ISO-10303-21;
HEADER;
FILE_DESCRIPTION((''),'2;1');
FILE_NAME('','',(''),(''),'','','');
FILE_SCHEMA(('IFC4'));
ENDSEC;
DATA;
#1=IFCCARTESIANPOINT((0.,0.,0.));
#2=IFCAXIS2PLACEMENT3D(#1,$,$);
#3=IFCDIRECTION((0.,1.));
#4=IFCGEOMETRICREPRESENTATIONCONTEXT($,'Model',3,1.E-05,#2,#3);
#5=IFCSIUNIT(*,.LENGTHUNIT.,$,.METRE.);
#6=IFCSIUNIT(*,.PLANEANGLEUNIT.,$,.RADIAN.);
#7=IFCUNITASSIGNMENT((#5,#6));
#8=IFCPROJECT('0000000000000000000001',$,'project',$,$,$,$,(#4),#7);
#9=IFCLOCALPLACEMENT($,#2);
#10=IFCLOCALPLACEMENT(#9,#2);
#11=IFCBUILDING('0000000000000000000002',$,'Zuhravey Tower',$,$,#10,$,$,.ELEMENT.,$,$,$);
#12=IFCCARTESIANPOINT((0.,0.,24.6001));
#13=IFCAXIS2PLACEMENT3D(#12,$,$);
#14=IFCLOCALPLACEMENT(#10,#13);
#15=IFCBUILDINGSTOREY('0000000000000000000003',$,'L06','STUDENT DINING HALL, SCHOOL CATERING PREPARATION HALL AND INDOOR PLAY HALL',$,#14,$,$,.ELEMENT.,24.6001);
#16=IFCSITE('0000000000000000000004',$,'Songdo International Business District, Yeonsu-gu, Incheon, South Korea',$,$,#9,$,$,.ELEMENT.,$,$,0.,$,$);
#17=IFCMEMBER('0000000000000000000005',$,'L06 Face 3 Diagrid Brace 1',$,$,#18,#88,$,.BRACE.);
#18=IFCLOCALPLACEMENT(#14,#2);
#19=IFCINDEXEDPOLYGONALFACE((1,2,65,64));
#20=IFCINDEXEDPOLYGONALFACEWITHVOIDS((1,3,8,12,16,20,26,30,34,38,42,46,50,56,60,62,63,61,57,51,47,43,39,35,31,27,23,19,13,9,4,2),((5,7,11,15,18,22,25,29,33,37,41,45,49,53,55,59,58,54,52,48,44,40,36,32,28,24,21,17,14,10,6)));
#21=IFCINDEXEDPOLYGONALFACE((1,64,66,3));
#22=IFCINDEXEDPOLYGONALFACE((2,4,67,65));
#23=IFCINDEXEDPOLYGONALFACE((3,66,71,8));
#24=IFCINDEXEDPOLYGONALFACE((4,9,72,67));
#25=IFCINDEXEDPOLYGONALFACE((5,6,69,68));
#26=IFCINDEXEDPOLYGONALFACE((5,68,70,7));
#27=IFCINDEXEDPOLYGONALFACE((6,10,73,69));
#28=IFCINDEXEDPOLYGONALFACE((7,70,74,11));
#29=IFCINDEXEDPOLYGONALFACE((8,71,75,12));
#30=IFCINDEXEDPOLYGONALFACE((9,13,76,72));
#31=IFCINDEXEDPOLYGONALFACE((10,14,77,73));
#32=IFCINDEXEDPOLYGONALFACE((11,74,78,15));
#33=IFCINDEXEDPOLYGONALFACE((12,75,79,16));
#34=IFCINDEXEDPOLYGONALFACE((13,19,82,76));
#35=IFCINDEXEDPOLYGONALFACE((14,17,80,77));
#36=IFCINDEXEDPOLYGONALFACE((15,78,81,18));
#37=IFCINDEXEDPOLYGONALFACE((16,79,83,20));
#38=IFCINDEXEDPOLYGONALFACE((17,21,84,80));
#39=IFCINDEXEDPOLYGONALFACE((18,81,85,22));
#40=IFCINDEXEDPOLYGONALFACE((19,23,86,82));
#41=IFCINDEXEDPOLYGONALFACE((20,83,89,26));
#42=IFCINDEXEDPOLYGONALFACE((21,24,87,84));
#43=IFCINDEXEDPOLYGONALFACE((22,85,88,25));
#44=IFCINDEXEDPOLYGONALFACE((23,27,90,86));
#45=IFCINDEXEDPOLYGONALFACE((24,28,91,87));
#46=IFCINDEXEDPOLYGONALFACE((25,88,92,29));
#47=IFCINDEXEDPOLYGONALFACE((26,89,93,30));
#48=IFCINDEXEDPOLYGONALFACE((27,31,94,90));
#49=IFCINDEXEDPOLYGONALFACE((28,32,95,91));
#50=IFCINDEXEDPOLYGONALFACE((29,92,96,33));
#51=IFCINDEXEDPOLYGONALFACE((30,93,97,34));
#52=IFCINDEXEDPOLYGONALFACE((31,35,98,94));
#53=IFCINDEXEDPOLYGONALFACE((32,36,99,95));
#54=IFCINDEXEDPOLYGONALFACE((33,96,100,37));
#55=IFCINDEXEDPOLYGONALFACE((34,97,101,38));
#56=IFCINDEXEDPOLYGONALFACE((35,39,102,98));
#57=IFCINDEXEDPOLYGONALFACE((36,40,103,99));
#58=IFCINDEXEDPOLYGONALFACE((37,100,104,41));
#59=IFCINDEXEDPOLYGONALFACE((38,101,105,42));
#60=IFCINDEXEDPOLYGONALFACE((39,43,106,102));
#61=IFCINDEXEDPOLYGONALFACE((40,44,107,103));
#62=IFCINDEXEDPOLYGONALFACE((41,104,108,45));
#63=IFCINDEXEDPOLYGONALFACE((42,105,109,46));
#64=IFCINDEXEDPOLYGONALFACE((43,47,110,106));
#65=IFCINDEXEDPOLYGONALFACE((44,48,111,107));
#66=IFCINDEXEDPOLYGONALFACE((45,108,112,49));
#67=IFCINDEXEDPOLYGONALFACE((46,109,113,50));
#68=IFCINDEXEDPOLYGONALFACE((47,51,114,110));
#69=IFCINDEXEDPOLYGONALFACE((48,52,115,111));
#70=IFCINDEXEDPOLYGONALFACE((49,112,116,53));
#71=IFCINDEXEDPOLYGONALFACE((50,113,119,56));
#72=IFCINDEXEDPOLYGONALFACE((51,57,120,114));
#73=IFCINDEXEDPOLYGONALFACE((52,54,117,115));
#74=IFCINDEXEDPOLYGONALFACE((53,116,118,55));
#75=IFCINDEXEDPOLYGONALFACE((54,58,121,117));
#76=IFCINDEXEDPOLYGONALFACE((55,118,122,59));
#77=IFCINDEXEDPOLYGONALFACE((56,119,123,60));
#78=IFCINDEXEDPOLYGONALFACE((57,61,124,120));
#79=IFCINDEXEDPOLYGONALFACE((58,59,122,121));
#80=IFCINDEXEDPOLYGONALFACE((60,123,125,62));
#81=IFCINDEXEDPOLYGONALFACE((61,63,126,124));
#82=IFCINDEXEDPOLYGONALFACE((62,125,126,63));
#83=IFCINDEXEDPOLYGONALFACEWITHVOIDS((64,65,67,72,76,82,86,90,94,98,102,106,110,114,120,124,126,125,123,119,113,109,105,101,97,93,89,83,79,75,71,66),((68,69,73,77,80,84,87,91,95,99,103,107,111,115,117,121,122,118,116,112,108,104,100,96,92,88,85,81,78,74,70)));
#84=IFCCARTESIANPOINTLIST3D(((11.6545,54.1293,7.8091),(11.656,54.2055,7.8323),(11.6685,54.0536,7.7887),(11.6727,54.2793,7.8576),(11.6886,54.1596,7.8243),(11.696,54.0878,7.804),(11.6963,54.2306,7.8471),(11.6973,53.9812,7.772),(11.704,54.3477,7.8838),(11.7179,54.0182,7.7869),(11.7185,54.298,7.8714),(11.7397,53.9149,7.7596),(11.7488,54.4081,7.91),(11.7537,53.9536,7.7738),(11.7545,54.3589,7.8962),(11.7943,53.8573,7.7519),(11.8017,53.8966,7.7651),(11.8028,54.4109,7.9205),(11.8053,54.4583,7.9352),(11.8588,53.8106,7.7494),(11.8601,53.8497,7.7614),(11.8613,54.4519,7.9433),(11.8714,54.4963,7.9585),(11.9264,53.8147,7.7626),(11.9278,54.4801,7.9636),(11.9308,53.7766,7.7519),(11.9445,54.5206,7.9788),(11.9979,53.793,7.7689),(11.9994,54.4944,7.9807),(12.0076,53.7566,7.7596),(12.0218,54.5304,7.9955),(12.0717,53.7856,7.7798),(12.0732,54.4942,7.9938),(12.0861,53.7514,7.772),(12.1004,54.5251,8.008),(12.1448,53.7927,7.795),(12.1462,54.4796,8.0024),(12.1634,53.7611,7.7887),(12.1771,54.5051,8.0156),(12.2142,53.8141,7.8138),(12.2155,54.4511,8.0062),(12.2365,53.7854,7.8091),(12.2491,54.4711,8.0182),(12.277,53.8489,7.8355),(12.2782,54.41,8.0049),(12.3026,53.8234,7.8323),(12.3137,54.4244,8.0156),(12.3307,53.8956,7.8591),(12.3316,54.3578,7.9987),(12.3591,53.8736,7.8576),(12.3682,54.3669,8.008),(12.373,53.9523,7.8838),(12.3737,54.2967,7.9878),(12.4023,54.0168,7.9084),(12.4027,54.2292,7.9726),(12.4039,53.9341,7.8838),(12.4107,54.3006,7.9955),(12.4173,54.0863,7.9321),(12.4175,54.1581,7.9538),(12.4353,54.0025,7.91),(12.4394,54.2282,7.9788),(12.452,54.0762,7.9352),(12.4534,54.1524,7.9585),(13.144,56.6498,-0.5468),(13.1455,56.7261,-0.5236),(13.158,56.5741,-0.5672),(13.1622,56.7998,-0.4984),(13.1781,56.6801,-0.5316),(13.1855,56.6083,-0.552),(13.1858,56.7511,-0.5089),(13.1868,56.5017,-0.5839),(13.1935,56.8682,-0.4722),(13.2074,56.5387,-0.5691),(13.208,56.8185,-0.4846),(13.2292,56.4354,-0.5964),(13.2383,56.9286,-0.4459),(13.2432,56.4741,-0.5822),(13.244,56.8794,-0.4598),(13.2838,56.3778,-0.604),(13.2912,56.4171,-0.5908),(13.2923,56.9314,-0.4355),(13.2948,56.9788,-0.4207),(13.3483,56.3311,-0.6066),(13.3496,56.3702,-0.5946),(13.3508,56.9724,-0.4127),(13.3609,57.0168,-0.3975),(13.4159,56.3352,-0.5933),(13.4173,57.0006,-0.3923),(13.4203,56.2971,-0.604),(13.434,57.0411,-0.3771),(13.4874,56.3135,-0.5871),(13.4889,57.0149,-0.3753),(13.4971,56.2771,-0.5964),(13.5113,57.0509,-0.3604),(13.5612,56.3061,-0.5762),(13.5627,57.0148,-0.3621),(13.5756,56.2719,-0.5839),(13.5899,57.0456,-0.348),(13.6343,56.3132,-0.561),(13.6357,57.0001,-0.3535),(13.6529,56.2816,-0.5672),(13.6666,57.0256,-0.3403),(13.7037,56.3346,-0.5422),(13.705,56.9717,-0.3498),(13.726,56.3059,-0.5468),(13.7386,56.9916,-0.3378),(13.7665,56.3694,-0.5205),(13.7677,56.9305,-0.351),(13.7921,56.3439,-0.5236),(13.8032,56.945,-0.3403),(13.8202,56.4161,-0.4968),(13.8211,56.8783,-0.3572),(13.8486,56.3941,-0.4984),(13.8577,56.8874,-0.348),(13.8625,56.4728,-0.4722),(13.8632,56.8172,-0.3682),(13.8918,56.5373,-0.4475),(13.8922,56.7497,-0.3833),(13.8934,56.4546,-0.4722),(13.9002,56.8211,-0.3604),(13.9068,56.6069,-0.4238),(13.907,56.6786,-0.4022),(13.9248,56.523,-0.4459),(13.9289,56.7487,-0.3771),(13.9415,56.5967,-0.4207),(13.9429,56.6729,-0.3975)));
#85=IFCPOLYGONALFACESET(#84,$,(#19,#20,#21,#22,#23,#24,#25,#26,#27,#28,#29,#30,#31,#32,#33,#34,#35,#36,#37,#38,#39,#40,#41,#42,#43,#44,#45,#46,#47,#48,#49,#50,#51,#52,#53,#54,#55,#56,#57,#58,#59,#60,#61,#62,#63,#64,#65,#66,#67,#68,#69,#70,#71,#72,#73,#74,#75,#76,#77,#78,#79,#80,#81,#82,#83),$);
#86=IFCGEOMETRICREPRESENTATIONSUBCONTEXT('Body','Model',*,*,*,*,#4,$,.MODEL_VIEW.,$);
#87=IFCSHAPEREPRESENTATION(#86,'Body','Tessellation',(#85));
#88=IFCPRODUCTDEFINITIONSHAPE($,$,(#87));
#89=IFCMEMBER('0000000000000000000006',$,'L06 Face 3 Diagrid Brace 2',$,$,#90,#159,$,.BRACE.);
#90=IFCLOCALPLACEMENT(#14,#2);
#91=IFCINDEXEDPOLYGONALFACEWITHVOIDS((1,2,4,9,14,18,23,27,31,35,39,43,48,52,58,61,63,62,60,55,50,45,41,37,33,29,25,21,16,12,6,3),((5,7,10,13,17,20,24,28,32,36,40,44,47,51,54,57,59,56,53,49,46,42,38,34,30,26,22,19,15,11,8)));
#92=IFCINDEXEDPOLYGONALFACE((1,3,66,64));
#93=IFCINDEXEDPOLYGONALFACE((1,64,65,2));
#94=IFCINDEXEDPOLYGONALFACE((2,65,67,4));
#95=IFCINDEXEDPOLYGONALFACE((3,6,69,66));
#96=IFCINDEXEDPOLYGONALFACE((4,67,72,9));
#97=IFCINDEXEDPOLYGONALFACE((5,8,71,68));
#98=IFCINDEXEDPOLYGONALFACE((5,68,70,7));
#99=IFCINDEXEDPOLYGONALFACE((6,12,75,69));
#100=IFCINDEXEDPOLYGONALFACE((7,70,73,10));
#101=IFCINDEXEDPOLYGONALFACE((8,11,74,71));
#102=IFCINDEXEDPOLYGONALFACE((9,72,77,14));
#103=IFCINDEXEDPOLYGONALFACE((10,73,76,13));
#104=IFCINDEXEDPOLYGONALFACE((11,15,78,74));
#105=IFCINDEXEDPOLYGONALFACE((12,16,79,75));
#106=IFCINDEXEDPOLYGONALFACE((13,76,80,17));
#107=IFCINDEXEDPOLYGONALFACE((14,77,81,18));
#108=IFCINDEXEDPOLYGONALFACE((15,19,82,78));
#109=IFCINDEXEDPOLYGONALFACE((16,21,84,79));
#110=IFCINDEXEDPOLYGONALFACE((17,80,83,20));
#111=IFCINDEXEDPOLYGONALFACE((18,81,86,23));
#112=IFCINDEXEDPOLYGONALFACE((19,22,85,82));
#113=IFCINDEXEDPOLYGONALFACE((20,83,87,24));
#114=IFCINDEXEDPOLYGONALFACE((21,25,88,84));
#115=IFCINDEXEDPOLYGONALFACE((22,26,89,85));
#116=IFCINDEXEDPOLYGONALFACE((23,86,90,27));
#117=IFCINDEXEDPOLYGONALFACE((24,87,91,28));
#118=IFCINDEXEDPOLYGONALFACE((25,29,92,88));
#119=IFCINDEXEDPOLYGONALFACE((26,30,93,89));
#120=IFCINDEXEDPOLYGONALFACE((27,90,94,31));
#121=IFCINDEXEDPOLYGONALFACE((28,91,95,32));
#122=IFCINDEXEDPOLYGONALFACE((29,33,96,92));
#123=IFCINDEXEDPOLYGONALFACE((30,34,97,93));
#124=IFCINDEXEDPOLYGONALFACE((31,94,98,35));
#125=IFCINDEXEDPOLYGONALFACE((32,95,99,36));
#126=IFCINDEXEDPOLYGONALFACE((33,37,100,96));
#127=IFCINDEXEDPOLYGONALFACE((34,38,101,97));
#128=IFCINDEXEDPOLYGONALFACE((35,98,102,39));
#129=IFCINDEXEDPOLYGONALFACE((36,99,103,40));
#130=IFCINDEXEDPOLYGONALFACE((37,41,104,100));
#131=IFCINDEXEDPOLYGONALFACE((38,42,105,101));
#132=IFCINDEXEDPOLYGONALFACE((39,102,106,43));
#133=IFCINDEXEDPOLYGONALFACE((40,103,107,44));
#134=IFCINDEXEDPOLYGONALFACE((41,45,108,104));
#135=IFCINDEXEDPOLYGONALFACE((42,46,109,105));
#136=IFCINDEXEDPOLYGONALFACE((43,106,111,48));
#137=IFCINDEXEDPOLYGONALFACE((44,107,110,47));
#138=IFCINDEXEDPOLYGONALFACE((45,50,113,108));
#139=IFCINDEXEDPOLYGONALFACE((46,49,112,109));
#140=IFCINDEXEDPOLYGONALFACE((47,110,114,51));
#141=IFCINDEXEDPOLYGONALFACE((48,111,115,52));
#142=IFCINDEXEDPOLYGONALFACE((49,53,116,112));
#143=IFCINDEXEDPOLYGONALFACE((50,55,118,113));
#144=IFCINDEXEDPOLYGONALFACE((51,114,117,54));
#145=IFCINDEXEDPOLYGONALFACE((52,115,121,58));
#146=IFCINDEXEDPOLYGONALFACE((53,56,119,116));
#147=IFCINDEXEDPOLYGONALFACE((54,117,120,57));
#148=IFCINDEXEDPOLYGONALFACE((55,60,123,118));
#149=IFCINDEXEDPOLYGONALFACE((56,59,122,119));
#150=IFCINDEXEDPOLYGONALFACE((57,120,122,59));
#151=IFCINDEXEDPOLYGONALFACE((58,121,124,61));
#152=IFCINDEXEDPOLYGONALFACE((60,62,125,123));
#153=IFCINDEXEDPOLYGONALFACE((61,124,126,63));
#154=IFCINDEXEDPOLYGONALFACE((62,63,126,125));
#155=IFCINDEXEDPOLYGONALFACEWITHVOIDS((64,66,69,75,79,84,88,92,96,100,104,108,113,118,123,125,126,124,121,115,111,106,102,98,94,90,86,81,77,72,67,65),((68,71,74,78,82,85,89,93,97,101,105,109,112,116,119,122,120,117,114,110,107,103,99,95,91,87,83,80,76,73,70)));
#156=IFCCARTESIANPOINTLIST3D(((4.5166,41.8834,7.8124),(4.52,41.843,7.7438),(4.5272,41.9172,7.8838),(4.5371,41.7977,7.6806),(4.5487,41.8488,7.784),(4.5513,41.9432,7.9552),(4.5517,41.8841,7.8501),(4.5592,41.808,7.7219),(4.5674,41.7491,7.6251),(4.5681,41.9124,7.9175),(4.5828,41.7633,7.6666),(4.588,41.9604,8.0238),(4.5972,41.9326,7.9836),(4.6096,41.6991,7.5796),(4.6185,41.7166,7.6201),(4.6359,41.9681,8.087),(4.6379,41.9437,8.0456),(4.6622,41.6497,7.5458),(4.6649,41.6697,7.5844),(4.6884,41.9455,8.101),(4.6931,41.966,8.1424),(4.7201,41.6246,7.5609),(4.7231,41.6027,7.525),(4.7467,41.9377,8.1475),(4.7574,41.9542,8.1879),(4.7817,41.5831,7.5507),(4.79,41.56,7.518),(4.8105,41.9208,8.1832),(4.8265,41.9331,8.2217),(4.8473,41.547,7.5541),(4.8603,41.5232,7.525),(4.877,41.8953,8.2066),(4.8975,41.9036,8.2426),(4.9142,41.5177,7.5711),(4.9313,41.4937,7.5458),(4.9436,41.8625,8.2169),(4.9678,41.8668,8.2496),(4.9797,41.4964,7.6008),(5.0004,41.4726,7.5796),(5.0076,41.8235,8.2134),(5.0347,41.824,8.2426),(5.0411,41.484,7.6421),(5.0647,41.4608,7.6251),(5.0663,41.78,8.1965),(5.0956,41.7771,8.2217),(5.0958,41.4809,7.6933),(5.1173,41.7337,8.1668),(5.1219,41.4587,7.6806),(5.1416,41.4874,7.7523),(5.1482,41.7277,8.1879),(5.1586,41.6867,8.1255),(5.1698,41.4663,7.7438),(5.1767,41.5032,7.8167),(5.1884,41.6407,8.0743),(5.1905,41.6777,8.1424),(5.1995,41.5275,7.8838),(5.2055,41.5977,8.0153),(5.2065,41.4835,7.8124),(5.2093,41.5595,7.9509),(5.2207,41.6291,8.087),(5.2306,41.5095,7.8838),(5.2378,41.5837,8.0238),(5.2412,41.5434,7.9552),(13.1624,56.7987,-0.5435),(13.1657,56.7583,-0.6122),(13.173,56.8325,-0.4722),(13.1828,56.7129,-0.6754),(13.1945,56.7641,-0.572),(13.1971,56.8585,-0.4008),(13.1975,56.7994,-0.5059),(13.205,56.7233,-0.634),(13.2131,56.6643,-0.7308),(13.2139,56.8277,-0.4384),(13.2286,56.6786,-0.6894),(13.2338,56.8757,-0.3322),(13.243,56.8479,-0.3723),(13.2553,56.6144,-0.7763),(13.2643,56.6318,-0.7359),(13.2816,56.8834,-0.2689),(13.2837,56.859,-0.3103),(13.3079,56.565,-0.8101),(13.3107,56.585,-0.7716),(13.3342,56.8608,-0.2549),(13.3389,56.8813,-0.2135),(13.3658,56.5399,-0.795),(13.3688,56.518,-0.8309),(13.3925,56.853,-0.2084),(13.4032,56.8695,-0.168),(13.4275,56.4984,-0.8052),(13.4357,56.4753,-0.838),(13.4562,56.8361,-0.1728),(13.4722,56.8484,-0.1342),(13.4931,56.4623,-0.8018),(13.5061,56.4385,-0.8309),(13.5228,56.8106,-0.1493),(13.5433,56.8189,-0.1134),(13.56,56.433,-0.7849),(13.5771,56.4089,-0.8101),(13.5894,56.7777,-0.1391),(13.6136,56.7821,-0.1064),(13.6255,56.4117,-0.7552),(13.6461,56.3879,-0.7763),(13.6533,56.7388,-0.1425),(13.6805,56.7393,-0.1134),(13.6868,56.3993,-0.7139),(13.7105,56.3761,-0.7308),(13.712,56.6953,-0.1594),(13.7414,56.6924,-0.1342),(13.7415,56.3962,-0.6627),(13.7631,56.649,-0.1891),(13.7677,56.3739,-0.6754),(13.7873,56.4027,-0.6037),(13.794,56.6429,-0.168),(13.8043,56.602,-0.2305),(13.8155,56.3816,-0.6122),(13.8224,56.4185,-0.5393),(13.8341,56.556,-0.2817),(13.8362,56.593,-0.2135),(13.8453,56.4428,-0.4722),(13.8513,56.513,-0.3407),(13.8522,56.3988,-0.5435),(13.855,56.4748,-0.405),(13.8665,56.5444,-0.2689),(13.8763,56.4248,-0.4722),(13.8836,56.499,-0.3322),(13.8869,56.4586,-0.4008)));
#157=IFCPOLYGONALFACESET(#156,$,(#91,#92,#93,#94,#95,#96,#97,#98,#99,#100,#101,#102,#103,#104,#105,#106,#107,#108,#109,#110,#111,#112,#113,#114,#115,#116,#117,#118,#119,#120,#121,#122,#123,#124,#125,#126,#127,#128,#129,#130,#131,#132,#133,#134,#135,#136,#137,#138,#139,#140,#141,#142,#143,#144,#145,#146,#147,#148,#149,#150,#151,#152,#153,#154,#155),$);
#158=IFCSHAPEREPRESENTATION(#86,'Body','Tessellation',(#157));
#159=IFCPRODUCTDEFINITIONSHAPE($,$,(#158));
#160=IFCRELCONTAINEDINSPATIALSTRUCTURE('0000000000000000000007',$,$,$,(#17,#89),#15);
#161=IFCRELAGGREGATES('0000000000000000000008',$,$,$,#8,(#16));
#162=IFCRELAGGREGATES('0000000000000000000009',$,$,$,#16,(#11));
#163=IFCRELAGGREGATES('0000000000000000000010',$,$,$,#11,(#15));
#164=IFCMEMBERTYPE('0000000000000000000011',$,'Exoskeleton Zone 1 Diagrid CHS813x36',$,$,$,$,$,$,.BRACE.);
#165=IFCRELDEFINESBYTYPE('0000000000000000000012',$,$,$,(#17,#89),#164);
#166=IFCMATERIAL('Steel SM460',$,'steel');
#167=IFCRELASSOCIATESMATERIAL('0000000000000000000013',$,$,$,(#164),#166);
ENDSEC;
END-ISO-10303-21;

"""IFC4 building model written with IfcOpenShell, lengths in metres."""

from ifc_helpers import new_model, si_unit, direction, frame, origin, origin_2d, place, context, subcontext, project, spatial, hollow_circle, extrude, material, material_profile, profile_set, type_object, element, save


model = new_model("IFC4")

# Units and contexts
model_context = context("Model", 3, precision=1e-05, world=origin(), true_north=direction((0.0, 1.0)))
body_context = subcontext(model_context, "Body", "Model", "MODEL_VIEW")
ifc_project = project(units=[si_unit("LENGTHUNIT", "METRE"), si_unit("PLANEANGLEUNIT", "RADIAN")], contexts=[model_context])

# Site, building, storey
site_placement = place(None, origin())
site = spatial("IfcSite", under=ifc_project, at=site_placement, Name="Songdo International Business District, Yeonsu-gu, Incheon, South Korea", CompositionType="ELEMENT", RefElevation=0.0)
building_placement = place(site_placement, origin())
building = spatial("IfcBuilding", under=site, at=building_placement, Name="Zuhravey Tower", CompositionType="ELEMENT")
storey_placement = place(building_placement, frame((0.0, 0.0, 24.6001)))
storey = spatial("IfcBuildingStorey", under=building, at=storey_placement, Name="L06", Description="STUDENT DINING HALL, SCHOOL CATERING PREPARATION HALL AND INDOOR PLAY HALL", CompositionType="ELEMENT", Elevation=24.6001)

# Members
ifc_material_1 = material(Name="Steel SM460", Category="steel")
ifc_material_profile_1 = material_profile(ifc_material_1, hollow_circle(Radius=0.4065, WallThickness=0.0359, at=origin_2d()), Name="CHS-812.8x36")
ifc_profile_set_1 = profile_set([ifc_material_profile_1], Name="Steel SM460")
member_type_1 = type_object("IfcMemberType", Name="Exoskeleton Zone 1 Diagrid CHS813x36", PredefinedType="BRACE", material=ifc_profile_set_1)
member_1_placement = place(storey_placement, frame((13.5435, 56.6614, -0.4722), z_axis=(-0.168229, -0.284674, 0.943748), x_axis=(0.86091, -0.508757, 0.0)))
element("IfcMember", 1, at=member_1_placement, inside=storey, type_object=member_type_1, Name="L06 Face 3 Diagrid Brace 1", PredefinedType="BRACE", context=body_context, shape_type="SweptSolid", body=[
    extrude(hollow_circle(Radius=0.4065, WallThickness=0.0359, at=origin_2d()), origin(), (0.0, 0.0, 1.0), 8.854),
])
member_2_placement = place(storey_placement, frame((13.5247, 56.6287, -0.4722), z_axis=(-0.451282, -0.778533, 0.436156), x_axis=(0.86516, -0.501496, 0.0)))
element("IfcMember", 2, at=member_2_placement, inside=storey, type_object=member_type_1, Name="L06 Face 3 Diagrid Brace 2", PredefinedType="BRACE", context=body_context, shape_type="SweptSolid", body=[
    extrude(hollow_circle(Radius=0.4065, WallThickness=0.0359, at=origin_2d()), origin(), (0.0, 0.0, 1.0), 19.1582),
])

save(model, "model.ifc")
